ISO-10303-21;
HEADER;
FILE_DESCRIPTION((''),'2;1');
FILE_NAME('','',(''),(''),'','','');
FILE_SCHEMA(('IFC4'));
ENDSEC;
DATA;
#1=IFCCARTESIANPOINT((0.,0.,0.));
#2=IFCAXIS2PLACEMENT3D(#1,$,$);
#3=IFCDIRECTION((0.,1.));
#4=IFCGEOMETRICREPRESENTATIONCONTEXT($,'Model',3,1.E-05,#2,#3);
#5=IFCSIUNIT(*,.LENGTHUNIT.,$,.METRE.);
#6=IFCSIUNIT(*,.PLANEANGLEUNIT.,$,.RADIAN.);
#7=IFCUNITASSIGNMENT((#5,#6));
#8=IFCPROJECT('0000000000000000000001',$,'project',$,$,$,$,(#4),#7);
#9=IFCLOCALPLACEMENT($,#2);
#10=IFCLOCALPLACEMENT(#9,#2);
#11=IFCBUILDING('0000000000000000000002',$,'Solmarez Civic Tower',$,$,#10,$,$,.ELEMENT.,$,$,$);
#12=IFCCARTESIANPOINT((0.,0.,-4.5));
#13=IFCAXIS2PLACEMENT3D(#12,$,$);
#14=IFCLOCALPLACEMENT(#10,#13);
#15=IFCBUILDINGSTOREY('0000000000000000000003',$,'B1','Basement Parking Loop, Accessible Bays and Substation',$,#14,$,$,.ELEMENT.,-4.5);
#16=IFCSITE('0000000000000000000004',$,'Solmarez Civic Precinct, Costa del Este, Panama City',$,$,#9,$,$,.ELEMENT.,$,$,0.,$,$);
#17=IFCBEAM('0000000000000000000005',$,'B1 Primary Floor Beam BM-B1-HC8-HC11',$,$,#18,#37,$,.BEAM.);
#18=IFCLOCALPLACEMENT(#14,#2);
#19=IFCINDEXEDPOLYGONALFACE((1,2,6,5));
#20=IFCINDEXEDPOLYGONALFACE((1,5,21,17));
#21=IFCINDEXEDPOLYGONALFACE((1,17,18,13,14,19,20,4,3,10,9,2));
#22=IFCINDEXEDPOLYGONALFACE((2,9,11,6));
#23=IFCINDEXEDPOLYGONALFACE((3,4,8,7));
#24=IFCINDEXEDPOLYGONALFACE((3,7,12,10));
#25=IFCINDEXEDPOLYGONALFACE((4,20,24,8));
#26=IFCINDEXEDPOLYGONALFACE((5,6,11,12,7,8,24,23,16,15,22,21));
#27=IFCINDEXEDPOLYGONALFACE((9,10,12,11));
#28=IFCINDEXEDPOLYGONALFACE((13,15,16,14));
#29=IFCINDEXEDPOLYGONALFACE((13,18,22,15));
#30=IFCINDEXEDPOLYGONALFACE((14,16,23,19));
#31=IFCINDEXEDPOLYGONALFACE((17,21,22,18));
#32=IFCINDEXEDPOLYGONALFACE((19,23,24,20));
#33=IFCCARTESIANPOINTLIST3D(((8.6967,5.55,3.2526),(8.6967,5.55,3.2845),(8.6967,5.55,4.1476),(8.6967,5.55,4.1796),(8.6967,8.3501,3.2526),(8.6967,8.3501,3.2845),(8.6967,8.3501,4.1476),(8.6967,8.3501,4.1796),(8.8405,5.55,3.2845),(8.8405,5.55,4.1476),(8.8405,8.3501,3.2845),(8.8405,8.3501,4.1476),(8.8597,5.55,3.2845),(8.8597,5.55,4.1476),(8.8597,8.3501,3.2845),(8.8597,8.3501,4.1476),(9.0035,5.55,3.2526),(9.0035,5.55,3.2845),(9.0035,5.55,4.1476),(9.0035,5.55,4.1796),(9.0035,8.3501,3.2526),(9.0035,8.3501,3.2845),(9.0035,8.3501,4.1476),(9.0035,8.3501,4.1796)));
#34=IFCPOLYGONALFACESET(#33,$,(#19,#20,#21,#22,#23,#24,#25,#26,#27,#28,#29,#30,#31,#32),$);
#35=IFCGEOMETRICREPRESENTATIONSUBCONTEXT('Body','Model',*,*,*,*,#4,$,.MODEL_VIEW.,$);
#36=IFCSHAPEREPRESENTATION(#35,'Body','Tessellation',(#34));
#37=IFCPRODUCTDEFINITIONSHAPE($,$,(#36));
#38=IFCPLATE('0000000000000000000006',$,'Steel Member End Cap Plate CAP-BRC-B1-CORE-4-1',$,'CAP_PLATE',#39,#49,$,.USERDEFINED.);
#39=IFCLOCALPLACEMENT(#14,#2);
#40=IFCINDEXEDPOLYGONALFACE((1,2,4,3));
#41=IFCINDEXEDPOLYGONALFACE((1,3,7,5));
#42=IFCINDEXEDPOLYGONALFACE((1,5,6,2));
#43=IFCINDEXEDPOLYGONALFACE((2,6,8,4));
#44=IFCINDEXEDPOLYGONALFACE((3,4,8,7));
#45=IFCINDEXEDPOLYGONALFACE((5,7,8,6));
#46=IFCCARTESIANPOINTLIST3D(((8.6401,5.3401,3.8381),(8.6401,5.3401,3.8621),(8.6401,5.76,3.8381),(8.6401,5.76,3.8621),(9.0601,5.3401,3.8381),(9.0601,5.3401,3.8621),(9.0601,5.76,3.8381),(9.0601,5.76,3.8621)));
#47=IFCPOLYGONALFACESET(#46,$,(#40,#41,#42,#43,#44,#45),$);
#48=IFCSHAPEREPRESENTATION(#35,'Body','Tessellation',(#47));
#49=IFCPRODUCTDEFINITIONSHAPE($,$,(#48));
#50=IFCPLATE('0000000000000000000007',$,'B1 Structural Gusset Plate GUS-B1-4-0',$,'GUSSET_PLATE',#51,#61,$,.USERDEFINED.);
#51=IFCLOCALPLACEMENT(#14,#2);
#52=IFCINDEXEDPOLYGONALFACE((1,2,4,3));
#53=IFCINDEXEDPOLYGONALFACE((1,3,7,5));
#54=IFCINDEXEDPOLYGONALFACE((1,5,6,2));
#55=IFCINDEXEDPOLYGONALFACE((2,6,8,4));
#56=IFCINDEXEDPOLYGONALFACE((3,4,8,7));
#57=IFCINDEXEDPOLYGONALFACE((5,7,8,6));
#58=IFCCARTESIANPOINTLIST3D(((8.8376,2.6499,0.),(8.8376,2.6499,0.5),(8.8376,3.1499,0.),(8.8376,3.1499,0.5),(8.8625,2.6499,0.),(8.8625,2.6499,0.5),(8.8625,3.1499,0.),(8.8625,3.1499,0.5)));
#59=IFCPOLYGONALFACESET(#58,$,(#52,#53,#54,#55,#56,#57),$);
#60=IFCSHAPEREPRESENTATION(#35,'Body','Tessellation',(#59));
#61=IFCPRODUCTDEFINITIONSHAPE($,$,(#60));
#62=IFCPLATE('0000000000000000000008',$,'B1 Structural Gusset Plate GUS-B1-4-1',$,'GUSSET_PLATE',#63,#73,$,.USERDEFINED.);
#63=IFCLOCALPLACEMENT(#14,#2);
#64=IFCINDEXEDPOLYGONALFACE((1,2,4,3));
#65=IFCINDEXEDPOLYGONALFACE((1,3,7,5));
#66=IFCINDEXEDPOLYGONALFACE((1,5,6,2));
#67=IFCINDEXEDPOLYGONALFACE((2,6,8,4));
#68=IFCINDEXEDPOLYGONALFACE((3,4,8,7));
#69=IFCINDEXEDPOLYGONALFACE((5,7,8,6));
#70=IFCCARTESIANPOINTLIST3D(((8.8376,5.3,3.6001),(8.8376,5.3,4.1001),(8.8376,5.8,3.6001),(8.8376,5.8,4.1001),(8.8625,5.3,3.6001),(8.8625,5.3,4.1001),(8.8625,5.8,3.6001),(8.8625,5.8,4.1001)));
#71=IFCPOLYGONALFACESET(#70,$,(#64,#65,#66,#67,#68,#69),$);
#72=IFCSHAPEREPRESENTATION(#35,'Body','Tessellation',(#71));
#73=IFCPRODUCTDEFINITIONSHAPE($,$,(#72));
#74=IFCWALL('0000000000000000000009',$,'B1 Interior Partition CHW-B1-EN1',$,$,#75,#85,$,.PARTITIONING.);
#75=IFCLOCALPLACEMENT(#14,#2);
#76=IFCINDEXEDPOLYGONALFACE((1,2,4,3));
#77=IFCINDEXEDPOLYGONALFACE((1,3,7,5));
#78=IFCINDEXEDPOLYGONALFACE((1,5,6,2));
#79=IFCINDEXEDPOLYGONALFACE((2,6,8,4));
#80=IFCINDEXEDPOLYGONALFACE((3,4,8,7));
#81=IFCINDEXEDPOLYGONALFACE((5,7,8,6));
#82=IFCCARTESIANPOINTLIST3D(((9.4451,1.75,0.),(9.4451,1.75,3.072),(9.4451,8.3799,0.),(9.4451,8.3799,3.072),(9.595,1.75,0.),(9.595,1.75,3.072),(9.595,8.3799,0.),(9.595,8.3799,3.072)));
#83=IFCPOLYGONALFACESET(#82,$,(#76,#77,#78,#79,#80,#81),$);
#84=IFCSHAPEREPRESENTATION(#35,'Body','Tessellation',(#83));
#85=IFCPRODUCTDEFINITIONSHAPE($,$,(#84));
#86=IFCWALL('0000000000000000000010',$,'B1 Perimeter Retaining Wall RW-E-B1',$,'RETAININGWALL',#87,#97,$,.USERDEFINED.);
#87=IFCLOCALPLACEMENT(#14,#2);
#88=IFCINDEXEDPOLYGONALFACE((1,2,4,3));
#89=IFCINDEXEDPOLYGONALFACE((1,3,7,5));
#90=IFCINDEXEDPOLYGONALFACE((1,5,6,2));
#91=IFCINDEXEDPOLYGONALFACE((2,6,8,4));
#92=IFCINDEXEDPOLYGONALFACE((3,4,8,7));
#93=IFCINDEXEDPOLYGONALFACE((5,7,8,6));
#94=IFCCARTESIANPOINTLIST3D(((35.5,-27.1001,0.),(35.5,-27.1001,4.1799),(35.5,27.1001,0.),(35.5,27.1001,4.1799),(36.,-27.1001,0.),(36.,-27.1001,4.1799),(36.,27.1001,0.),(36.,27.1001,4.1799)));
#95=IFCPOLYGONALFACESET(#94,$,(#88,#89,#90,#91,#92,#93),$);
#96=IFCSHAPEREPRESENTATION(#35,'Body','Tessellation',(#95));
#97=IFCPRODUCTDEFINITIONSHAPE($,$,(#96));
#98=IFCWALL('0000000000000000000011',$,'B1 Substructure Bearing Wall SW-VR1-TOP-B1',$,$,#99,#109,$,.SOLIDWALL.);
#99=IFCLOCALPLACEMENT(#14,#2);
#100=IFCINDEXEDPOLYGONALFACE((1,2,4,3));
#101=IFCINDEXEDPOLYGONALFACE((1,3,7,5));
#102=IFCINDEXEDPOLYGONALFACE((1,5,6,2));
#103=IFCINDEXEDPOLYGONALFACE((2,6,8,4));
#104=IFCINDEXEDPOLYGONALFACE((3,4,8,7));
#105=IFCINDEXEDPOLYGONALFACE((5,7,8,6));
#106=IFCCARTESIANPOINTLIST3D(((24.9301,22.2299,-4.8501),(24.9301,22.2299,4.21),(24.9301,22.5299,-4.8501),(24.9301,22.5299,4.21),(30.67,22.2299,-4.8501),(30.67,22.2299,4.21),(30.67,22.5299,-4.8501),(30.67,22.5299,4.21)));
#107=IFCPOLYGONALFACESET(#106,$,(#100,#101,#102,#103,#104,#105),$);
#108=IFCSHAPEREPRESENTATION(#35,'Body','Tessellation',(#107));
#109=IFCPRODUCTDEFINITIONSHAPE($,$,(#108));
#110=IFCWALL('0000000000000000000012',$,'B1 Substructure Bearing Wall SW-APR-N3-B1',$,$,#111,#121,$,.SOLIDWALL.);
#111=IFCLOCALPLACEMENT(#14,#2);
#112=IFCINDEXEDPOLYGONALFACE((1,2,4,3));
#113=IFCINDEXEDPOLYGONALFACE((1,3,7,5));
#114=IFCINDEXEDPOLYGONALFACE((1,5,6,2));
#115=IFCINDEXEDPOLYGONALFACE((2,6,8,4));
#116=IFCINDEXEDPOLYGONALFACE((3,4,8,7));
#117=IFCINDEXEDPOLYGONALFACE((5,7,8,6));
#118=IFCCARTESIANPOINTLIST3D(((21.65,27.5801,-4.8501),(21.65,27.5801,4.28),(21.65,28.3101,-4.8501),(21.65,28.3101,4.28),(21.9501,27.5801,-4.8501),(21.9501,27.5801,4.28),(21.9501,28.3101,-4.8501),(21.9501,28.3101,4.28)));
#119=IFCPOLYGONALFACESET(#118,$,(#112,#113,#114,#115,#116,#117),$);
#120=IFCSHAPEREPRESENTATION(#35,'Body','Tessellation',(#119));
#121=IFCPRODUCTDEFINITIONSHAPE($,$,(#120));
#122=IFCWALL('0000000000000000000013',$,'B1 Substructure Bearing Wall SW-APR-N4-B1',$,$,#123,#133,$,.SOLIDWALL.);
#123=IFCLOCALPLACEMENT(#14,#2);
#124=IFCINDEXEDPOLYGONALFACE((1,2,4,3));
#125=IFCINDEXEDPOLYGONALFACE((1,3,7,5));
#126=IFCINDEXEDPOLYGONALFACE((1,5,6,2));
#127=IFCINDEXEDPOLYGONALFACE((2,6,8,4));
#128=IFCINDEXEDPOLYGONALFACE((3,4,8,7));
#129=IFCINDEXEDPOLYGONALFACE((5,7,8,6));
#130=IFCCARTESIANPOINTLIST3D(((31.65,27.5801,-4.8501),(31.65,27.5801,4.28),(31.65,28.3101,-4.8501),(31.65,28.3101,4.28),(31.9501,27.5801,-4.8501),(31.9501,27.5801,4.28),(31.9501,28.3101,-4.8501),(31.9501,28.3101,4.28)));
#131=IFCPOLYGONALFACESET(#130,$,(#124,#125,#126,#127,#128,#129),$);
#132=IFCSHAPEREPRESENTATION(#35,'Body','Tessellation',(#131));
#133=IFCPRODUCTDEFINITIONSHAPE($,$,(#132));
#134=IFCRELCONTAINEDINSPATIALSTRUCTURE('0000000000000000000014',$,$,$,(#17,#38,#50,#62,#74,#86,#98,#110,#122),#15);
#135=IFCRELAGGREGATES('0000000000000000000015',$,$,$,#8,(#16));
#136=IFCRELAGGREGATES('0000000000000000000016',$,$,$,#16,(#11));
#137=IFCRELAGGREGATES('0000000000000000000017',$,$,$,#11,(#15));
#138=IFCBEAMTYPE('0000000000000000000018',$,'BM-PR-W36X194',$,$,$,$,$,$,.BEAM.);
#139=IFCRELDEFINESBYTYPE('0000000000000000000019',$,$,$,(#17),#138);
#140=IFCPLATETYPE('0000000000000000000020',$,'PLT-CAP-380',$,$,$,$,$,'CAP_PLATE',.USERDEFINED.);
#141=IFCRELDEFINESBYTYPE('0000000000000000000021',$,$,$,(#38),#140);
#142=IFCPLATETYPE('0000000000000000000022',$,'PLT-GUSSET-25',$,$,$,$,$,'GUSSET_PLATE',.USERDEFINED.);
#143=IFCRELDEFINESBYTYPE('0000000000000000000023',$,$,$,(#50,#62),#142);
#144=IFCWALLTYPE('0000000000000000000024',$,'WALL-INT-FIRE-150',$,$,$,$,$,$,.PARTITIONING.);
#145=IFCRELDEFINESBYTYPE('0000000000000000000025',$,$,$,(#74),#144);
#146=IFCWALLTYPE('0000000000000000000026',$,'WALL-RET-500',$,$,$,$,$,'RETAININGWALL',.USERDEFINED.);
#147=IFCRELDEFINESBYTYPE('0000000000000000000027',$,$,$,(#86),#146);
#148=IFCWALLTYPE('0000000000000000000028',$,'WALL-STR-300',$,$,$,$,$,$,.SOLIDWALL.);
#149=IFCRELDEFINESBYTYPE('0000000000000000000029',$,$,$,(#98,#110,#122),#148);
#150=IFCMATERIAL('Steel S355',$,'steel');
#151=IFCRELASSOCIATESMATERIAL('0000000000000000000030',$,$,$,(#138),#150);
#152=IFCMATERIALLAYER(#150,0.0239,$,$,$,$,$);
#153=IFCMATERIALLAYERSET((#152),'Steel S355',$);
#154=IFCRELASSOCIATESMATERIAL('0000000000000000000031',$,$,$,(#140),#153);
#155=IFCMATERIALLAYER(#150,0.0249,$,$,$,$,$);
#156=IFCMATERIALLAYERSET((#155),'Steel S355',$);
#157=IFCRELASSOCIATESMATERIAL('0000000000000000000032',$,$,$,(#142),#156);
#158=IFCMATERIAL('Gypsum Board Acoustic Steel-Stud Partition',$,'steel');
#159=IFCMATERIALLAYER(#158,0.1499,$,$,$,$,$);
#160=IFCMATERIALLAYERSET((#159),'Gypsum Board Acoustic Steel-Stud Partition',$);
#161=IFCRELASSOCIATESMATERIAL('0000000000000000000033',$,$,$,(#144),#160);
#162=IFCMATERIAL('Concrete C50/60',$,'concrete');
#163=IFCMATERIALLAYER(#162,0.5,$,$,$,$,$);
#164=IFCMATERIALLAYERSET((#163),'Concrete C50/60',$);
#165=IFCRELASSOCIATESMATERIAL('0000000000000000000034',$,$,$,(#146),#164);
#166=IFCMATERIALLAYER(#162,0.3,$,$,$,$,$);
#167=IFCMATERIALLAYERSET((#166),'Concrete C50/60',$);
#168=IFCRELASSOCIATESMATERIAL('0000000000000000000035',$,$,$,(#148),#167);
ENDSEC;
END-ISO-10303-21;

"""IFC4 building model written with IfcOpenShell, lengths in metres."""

from ifc_helpers import new_model, si_unit, direction, frame, frame_2d, origin, origin_2d, place, context, subcontext, project, spatial, rectangle, i_section, extrude, material, layer, layer_set, material_profile, profile_set, type_object, element, save


model = new_model("IFC4")

# Units and contexts
model_context = context("Model", 3, precision=1e-05, world=origin(), true_north=direction((0.0, 1.0)))
body_context = subcontext(model_context, "Body", "Model", "MODEL_VIEW")
ifc_project = project(units=[si_unit("LENGTHUNIT", "METRE"), si_unit("PLANEANGLEUNIT", "RADIAN")], contexts=[model_context])

# Site, building, storey
site_placement = place(None, origin())
site = spatial("IfcSite", under=ifc_project, at=site_placement, Name="Solmarez Civic Precinct, Costa del Este, Panama City", CompositionType="ELEMENT", RefElevation=0.0)
building_placement = place(site_placement, origin())
building = spatial("IfcBuilding", under=site, at=building_placement, Name="Solmarez Civic Tower", CompositionType="ELEMENT")
storey_placement = place(building_placement, frame((0.0, 0.0, -4.5)))
storey = spatial("IfcBuildingStorey", under=building, at=storey_placement, Name="B1", Description="Basement Parking Loop, Accessible Bays and Substation", CompositionType="ELEMENT", Elevation=-4.5)

# Shared definitions
ifc_material_1 = material(Name="Concrete C50/60", Category="concrete")

# Beam
ifc_material_2 = material(Name="Steel S355", Category="steel")
ifc_material_profile_1 = material_profile(ifc_material_2, i_section(OverallWidth=0.3069, OverallDepth=0.927, WebThickness=0.0193, FlangeThickness=0.032, at=origin_2d()), Name="W36X194")
ifc_profile_set_1 = profile_set([ifc_material_profile_1], Name="Steel S355")
beam_type_1 = type_object("IfcBeamType", Name="BM-PR-W36X194", PredefinedType="BEAM", material=ifc_profile_set_1)
beam_1_placement = place(storey_placement, frame((8.8501, 5.55, 3.7161), z_axis=(0.0, 1.0, 0.0), x_axis=(-1.0, 0.0, 0.0)))
element("IfcBeam", 1, at=beam_1_placement, inside=storey, type_object=beam_type_1, Name="B1 Primary Floor Beam BM-B1-HC8-HC11", PredefinedType="BEAM", context=body_context, shape_type="SweptSolid", body=[
    extrude(i_section(OverallWidth=0.3069, OverallDepth=0.927, WebThickness=0.0193, FlangeThickness=0.032, at=origin_2d()), origin(), (0.0, 0.0, 1.0), 2.8),
])

# Plates
ifc_layer_1 = layer(ifc_material_2, 0.0239)
ifc_layer_set_1 = layer_set([ifc_layer_1], Name="Steel S355")
plate_type_1 = type_object("IfcPlateType", Name="PLT-CAP-380", ElementType="CAP_PLATE", PredefinedType="USERDEFINED", material=ifc_layer_set_1)
plate_placement = place(storey_placement, frame((8.8501, 5.55, 3.8381), z_axis=(0.0, 0.0, 1.0), x_axis=(1.0, 0.0, 0.0)))
element("IfcPlate", 2, at=plate_placement, inside=storey, type_object=plate_type_1, Name="Steel Member End Cap Plate CAP-BRC-B1-CORE-4-1", ObjectType="CAP_PLATE", PredefinedType="USERDEFINED", context=body_context, shape_type="SweptSolid", body=[
    extrude(rectangle(XDim=0.4199, YDim=0.4199, at=origin_2d()), origin(), (0.0, 0.0, 1.0), 0.0239),
])
ifc_layer_2 = layer(ifc_material_2, 0.0249)
ifc_layer_set_2 = layer_set([ifc_layer_2], Name="Steel S355")
plate_type_2 = type_object("IfcPlateType", Name="PLT-GUSSET-25", ElementType="GUSSET_PLATE", PredefinedType="USERDEFINED", material=ifc_layer_set_2)
for number, where, z_axis, x_axis, name in (
    (3, (8.8501, 2.8999, 0.0), (0.0, 0.0, 1.0), (0.0, 1.0, 0.0), "B1 Structural Gusset Plate GUS-B1-4-0"),
    (4, (8.8501, 5.55, 3.6001), (0.0, 0.0, 1.0), (0.0, 1.0, 0.0), "B1 Structural Gusset Plate GUS-B1-4-1"),
):
    element("IfcPlate", number, at=place(storey_placement, frame(where, z_axis=z_axis, x_axis=x_axis)), inside=storey, type_object=plate_type_2, Name=name, ObjectType="GUSSET_PLATE", PredefinedType="USERDEFINED", context=body_context, shape_type="SweptSolid", body=[
        extrude(rectangle(XDim=0.5, YDim=0.0249, at=origin_2d()), origin(), (0.0, 0.0, 1.0), 0.5),
    ])

# Walls
ifc_material_3 = material(Name="Gypsum Board Acoustic Steel-Stud Partition", Category="steel")
ifc_layer_3 = layer(ifc_material_3, 0.1499)
ifc_layer_set_3 = layer_set([ifc_layer_3], Name="Gypsum Board Acoustic Steel-Stud Partition")
wall_type_1 = type_object("IfcWallType", Name="WALL-INT-FIRE-150", PredefinedType="PARTITIONING", material=ifc_layer_set_3)
wall_1_placement = place(storey_placement, frame((9.52, 1.75, 0.0), z_axis=(0.0, 0.0, 1.0), x_axis=(0.0, 1.0, 0.0)))
element("IfcWall", 5, at=wall_1_placement, inside=storey, type_object=wall_type_1, Name="B1 Interior Partition CHW-B1-EN1", PredefinedType="PARTITIONING", context=body_context, shape_type="SweptSolid", body=[
    extrude(rectangle(XDim=6.6299, YDim=0.1499, at=frame_2d((3.3149, 0.0))), origin(), (0.0, 0.0, 1.0), 3.072),
])
ifc_layer_4 = layer(ifc_material_1, 0.5)
ifc_layer_set_4 = layer_set([ifc_layer_4], Name="Concrete C50/60")
wall_type_2 = type_object("IfcWallType", Name="WALL-RET-500", ElementType="RETAININGWALL", PredefinedType="USERDEFINED", material=ifc_layer_set_4)
wall_2_placement = place(storey_placement, frame((35.75, 27.1001, 0.0), z_axis=(0.0, 0.0, 1.0), x_axis=(0.0, -1.0, 0.0)))
element("IfcWall", 6, at=wall_2_placement, inside=storey, type_object=wall_type_2, Name="B1 Perimeter Retaining Wall RW-E-B1", ObjectType="RETAININGWALL", PredefinedType="USERDEFINED", context=body_context, shape_type="SweptSolid", body=[
    extrude(rectangle(XDim=54.2002, YDim=0.5, at=frame_2d((27.1001, 0.0))), origin(), (0.0, 0.0, 1.0), 4.1799),
])
ifc_layer_5 = layer(ifc_material_1, 0.3)
ifc_layer_set_5 = layer_set([ifc_layer_5], Name="Concrete C50/60")
wall_type_3 = type_object("IfcWallType", Name="WALL-STR-300", PredefinedType="SOLIDWALL", material=ifc_layer_set_5)
wall_3_placement = place(storey_placement, frame((24.9299, 22.3799, -4.8501), z_axis=(0.0, 0.0, 1.0), x_axis=(1.0, 0.0, 0.0)))
element("IfcWall", 7, at=wall_3_placement, inside=storey, type_object=wall_type_3, Name="B1 Substructure Bearing Wall SW-VR1-TOP-B1", PredefinedType="SOLIDWALL", context=body_context, shape_type="SweptSolid", body=[
    extrude(rectangle(XDim=5.74, YDim=0.3, at=frame_2d((2.8701, 0.0))), origin(), (0.0, 0.0, 1.0), 9.0601),
])
for number, where, z_axis, x_axis, name in (
    (8, (21.8, 27.5801, -4.8501), (0.0, 0.0, 1.0), (0.0, 1.0, 0.0), "B1 Substructure Bearing Wall SW-APR-N3-B1"),
    (9, (31.8, 27.5801, -4.8501), (0.0, 0.0, 1.0), (0.0, 1.0, 0.0), "B1 Substructure Bearing Wall SW-APR-N4-B1"),
):
    element("IfcWall", number, at=place(storey_placement, frame(where, z_axis=z_axis, x_axis=x_axis)), inside=storey, type_object=wall_type_3, Name=name, PredefinedType="SOLIDWALL", context=body_context, shape_type="SweptSolid", body=[
        extrude(rectangle(XDim=0.73, YDim=0.3, at=frame_2d((0.365, 0.0))), origin(), (0.0, 0.0, 1.0), 9.1301),
    ])

save(model, "model.ifc")
